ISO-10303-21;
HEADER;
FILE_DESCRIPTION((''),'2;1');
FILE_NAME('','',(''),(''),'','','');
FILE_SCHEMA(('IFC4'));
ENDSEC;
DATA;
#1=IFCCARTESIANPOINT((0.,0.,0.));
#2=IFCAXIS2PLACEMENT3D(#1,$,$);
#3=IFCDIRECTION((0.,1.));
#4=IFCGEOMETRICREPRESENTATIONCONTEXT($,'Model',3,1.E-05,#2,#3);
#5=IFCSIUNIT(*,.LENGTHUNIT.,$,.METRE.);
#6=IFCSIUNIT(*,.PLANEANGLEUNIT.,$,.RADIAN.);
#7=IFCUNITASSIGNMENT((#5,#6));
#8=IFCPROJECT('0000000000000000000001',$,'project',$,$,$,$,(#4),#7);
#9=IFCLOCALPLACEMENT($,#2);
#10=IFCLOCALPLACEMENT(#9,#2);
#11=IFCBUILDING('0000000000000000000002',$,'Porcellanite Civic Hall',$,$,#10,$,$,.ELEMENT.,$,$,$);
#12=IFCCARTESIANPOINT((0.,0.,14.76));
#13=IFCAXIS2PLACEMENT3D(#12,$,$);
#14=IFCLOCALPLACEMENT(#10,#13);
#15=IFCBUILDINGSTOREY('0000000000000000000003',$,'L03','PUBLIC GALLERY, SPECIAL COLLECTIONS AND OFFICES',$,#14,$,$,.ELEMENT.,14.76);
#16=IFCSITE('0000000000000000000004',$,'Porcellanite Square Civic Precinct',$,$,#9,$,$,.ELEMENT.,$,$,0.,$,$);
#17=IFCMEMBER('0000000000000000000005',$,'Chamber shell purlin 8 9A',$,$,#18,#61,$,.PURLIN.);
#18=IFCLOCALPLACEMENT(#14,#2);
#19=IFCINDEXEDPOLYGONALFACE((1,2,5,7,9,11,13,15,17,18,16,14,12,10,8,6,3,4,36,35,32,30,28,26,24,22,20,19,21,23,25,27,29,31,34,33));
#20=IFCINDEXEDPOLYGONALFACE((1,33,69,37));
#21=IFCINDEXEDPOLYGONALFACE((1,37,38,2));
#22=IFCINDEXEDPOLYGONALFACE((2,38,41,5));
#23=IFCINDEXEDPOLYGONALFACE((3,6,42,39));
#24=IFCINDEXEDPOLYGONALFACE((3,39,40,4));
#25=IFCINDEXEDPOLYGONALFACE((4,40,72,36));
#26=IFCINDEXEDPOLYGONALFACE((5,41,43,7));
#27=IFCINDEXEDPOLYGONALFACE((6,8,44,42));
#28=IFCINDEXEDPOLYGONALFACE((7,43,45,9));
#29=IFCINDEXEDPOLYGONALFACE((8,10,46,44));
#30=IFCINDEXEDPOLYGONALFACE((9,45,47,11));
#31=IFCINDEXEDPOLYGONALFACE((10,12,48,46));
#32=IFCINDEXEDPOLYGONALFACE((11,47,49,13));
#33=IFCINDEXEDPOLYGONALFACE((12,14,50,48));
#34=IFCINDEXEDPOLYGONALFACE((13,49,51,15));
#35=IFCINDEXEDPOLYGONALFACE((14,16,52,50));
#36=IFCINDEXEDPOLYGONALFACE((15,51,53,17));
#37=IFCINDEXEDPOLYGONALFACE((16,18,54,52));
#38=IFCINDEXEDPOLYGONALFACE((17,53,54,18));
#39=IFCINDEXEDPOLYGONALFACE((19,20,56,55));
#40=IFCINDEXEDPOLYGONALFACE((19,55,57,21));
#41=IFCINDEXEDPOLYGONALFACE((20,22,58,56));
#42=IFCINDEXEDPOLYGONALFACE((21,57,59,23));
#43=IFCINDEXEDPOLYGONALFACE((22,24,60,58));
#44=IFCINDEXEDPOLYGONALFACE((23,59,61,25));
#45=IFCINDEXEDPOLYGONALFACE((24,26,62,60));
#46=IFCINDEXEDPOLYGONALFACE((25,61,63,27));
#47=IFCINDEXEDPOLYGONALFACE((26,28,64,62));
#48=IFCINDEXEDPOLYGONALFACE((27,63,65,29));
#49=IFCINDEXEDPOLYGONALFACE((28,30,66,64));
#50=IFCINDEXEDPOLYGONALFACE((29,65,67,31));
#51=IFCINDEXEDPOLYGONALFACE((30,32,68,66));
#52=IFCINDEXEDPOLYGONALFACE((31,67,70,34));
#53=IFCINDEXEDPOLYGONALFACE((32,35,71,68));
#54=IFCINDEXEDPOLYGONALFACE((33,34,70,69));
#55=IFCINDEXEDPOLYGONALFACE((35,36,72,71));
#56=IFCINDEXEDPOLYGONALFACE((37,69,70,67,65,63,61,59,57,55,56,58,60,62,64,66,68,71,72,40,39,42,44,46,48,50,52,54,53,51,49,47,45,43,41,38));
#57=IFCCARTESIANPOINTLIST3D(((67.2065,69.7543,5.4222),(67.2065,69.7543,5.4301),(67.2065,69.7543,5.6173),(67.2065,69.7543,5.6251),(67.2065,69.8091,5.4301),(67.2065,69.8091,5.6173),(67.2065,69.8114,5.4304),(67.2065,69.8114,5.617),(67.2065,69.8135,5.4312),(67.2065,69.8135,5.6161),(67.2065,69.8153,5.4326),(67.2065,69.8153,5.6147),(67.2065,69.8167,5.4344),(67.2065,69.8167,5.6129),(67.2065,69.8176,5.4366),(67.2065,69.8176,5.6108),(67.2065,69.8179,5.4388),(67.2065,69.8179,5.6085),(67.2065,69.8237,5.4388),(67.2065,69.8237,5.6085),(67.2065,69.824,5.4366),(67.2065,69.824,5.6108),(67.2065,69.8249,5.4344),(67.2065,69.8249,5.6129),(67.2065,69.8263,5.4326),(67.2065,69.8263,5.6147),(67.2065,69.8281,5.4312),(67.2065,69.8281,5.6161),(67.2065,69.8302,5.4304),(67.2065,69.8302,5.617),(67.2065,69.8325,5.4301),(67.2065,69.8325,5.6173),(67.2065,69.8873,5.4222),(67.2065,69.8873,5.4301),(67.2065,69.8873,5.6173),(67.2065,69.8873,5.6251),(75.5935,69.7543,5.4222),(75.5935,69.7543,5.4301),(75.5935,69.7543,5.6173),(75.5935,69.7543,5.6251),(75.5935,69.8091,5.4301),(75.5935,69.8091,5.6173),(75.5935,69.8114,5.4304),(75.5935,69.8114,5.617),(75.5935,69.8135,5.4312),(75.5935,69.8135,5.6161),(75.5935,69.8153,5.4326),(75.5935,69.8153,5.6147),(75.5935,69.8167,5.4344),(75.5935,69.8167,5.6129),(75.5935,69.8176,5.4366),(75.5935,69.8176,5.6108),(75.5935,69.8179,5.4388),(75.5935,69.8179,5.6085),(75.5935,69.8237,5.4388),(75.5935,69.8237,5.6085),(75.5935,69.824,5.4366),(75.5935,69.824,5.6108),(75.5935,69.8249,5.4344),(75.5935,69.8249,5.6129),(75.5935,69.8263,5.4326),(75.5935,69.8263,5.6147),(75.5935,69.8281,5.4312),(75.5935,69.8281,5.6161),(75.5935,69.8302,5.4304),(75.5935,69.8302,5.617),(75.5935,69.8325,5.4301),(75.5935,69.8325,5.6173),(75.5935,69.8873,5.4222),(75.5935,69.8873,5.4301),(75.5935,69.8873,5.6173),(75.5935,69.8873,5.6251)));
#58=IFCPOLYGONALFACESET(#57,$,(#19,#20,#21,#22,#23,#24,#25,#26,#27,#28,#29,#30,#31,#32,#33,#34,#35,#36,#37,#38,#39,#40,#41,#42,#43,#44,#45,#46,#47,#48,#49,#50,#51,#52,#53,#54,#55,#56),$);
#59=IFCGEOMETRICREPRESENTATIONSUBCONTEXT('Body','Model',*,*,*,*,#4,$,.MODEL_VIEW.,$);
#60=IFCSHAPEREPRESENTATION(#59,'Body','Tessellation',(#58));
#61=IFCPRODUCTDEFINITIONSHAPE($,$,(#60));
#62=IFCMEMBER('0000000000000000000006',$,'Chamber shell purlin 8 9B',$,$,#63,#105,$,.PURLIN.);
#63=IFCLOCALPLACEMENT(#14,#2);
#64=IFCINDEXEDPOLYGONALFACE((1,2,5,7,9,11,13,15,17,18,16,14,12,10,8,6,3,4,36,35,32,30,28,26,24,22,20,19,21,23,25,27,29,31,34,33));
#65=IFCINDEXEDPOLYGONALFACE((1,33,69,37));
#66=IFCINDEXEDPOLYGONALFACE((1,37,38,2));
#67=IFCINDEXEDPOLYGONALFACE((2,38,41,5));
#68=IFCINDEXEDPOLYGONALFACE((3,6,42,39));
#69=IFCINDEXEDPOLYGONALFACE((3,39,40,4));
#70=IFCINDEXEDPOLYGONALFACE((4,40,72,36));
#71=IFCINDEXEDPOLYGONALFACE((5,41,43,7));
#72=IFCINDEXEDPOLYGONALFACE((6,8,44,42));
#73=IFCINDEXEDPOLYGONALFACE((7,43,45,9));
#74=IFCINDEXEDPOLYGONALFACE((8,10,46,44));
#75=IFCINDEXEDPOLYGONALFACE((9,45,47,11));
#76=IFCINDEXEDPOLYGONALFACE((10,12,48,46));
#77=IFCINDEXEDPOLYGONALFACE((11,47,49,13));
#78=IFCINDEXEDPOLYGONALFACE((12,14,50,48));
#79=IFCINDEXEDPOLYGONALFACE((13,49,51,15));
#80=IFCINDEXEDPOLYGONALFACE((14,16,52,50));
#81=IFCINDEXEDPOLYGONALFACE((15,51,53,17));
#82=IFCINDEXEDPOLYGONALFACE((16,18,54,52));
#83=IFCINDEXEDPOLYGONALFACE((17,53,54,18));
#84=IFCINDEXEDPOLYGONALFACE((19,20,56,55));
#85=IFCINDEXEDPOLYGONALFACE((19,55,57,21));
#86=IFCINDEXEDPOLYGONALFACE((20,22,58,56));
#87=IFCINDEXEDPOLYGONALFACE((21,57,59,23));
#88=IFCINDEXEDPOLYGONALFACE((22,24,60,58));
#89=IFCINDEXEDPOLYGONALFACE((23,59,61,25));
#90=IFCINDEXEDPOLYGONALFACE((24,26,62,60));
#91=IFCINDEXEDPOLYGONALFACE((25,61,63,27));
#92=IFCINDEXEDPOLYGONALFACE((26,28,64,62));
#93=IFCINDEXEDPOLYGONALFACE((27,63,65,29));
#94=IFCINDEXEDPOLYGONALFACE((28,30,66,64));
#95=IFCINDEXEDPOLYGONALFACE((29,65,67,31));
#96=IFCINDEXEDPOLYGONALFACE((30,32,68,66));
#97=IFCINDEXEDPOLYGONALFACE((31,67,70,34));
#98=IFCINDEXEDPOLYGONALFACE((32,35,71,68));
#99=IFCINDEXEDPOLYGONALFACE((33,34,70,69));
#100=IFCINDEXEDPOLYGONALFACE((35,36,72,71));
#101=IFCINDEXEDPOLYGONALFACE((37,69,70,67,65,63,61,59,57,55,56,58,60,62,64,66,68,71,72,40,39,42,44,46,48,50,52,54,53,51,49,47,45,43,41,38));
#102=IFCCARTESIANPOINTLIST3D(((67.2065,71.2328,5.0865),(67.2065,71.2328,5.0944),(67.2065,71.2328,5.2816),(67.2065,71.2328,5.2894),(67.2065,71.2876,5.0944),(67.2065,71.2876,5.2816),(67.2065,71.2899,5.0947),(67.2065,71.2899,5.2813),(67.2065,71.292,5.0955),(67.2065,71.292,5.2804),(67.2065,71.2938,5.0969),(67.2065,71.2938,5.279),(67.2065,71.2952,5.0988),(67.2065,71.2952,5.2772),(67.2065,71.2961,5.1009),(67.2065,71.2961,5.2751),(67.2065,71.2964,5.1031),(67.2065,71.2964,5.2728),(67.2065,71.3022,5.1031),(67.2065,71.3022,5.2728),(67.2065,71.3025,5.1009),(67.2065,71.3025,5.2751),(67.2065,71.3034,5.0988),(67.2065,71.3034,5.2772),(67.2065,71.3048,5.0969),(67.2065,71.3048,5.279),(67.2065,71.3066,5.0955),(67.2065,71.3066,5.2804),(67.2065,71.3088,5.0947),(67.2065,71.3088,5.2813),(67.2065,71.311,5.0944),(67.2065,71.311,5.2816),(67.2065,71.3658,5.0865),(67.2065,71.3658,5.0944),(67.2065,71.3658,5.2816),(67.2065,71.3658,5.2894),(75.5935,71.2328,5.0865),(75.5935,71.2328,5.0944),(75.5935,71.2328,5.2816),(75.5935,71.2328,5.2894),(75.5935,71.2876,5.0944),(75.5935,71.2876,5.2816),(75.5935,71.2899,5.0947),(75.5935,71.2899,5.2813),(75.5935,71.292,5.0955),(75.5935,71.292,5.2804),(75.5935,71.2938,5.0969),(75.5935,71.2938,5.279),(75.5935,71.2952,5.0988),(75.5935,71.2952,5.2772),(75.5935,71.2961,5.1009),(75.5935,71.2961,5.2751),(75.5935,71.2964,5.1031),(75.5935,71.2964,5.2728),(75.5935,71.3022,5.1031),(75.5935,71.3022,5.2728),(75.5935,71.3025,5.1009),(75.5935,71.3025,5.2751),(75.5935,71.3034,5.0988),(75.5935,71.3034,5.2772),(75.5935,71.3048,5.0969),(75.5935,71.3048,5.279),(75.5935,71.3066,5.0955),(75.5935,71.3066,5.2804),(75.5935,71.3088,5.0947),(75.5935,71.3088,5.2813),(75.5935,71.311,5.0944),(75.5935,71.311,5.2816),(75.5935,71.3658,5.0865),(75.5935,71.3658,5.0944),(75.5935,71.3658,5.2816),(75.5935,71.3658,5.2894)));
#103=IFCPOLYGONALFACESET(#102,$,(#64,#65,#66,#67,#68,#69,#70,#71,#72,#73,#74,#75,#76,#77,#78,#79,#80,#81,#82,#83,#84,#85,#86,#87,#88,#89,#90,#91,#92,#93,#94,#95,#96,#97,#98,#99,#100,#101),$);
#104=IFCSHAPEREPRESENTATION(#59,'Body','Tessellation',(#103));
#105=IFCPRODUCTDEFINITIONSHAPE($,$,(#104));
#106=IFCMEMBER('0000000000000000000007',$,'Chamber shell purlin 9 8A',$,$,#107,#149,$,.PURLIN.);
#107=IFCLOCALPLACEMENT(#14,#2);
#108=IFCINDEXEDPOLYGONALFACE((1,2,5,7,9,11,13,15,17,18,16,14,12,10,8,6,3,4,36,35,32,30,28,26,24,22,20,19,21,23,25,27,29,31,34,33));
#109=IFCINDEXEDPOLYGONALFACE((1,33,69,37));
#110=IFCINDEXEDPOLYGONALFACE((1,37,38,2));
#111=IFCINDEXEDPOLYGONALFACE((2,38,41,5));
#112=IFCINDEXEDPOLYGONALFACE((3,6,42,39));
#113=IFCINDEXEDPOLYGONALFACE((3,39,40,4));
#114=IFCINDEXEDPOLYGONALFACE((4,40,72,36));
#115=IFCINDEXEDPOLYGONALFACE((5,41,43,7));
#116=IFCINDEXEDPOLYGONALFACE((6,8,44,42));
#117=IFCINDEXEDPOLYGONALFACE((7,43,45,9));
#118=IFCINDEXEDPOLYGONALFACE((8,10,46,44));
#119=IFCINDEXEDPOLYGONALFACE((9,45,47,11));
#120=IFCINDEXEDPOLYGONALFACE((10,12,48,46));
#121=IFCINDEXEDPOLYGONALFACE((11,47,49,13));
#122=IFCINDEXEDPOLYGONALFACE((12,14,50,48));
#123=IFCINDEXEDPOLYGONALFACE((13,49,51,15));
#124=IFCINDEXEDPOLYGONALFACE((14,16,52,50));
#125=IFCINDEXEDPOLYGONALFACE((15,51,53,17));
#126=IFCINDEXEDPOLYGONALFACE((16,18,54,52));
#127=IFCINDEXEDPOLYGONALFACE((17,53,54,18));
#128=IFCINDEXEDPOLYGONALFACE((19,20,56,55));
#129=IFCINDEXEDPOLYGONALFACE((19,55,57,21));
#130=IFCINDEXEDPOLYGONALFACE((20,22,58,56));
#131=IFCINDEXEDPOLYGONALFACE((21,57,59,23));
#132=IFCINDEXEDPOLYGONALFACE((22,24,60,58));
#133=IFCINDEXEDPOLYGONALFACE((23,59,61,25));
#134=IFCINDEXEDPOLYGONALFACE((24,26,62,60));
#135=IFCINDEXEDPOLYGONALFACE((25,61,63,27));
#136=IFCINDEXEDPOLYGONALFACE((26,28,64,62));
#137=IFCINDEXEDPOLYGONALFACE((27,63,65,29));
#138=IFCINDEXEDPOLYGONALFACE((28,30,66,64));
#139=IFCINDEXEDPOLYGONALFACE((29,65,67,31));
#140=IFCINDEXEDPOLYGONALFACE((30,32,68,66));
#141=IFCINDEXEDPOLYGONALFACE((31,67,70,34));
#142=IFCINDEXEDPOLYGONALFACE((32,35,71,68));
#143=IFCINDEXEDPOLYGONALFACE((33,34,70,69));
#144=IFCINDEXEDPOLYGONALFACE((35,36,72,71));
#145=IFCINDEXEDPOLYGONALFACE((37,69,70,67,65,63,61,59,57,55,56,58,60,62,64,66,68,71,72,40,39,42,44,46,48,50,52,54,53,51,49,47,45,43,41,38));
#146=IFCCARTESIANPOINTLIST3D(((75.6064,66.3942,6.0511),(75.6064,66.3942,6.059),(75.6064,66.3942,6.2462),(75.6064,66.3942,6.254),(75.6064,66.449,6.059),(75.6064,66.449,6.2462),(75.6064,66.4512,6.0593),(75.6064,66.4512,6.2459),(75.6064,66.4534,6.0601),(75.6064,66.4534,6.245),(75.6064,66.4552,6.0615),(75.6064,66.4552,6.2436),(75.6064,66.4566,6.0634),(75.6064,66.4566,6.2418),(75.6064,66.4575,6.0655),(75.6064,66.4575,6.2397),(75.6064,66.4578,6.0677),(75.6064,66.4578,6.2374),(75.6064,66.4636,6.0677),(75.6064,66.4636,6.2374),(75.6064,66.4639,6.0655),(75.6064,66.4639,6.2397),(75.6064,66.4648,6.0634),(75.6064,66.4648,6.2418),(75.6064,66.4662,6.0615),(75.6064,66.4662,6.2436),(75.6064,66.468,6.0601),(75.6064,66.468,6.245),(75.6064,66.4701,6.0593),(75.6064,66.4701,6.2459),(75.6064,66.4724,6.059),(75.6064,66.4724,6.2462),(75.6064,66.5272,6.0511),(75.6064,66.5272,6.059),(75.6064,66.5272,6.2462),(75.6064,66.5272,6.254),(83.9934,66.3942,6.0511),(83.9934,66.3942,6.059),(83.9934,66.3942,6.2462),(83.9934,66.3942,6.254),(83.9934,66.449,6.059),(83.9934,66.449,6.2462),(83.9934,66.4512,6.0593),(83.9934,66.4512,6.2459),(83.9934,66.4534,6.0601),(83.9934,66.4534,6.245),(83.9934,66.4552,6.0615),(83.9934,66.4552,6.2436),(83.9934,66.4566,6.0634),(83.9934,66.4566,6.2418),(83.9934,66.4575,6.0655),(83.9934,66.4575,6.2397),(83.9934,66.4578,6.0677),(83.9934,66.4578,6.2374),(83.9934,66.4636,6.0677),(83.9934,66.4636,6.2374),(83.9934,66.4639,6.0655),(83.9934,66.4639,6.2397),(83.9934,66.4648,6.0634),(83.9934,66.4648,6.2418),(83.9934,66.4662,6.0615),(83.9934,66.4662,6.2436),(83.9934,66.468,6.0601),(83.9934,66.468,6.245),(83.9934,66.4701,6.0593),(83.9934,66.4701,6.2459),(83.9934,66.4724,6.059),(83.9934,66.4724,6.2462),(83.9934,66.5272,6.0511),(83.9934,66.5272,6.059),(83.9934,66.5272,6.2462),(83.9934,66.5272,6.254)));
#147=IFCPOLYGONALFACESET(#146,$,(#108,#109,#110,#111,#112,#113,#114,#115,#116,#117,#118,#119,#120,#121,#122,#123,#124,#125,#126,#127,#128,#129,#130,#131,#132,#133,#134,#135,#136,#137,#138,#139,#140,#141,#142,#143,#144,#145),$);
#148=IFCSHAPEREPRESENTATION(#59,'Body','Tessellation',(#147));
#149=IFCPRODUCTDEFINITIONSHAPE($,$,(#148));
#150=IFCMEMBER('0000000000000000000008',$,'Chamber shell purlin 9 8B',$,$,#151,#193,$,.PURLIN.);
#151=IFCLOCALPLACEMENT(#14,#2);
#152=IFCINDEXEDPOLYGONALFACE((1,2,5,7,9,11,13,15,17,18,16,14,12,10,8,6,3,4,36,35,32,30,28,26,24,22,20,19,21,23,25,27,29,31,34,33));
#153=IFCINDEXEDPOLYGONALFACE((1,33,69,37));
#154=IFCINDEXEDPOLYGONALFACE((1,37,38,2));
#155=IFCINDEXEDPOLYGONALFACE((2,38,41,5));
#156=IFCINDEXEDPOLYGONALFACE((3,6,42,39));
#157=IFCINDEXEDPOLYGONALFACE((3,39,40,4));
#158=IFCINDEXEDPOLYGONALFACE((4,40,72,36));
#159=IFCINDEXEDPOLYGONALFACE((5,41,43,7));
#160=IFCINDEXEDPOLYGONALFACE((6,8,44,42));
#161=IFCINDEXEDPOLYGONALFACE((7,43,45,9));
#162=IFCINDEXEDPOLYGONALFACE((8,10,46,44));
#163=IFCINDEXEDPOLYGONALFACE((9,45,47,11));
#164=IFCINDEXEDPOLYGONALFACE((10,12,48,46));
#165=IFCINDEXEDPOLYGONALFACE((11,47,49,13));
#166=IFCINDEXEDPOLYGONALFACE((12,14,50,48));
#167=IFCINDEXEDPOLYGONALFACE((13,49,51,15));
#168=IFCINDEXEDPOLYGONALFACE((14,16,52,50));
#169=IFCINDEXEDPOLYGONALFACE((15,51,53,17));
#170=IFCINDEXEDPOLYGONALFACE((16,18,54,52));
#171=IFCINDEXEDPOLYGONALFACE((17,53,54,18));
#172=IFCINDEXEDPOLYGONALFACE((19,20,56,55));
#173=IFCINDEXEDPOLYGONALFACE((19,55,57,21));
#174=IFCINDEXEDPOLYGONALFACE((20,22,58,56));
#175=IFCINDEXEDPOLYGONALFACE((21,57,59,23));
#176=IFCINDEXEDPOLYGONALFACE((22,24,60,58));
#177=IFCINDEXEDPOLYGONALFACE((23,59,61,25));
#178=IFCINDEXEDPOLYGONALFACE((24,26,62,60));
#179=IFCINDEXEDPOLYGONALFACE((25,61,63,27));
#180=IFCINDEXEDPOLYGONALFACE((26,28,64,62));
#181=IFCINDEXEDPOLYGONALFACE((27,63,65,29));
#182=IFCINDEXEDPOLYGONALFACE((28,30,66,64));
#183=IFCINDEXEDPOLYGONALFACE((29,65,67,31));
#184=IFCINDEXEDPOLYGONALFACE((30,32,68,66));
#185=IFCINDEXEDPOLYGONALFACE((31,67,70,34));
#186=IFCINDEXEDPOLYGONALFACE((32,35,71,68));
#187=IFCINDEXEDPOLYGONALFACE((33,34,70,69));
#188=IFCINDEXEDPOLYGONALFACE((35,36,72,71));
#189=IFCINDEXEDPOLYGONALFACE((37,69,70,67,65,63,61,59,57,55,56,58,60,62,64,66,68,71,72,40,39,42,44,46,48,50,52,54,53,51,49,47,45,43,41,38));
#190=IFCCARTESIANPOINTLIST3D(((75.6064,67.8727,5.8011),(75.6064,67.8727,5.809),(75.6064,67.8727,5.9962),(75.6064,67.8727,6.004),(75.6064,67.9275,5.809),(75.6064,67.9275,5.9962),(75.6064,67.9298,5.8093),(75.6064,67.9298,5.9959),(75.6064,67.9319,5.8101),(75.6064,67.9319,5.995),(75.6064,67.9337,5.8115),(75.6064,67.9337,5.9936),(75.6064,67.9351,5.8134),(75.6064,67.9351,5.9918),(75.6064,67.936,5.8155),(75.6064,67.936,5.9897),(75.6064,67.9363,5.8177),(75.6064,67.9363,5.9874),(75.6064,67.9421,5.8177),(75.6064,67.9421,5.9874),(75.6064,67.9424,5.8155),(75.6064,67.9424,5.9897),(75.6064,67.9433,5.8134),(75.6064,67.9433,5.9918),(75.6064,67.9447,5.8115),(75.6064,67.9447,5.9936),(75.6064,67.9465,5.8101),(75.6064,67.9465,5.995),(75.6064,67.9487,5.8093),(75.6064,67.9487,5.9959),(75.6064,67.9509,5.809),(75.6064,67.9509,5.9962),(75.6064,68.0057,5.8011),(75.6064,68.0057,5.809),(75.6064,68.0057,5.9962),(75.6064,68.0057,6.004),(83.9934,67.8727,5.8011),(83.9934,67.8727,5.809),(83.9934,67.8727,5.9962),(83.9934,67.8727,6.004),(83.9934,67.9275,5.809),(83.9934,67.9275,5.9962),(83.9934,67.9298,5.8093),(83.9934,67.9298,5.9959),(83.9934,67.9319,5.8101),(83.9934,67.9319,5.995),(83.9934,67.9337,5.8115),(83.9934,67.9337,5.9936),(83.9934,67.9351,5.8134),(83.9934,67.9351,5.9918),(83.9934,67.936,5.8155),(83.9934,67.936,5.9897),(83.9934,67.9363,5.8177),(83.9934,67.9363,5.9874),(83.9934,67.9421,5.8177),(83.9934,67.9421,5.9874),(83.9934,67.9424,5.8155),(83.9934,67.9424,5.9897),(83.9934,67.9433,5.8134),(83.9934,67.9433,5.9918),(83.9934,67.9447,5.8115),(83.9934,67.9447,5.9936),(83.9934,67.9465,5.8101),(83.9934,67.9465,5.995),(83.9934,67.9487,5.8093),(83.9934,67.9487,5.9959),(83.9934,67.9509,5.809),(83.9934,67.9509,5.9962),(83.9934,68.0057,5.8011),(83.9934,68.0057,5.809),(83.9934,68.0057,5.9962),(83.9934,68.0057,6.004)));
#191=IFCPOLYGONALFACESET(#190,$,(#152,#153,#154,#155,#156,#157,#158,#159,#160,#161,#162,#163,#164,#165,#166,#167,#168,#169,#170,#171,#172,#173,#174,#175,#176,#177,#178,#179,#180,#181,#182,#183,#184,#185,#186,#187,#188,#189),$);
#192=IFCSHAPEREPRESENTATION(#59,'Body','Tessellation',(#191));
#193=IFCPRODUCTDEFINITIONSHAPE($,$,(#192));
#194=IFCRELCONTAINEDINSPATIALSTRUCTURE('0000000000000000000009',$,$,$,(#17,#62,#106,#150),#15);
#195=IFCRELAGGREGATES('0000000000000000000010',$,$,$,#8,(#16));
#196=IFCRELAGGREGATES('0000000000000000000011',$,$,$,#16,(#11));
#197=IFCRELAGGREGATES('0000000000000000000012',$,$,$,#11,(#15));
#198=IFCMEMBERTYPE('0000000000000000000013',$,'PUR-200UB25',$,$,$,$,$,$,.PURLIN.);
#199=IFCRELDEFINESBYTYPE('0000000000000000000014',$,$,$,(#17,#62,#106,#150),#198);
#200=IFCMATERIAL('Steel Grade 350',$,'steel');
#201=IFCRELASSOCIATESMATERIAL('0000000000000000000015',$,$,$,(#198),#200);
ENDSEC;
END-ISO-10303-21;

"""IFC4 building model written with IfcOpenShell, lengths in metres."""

from ifc_helpers import new_model, si_unit, direction, frame, origin, origin_2d, place, context, subcontext, project, spatial, i_section, extrude, material, material_profile, profile_set, type_object, element, save


model = new_model("IFC4")

# Units and contexts
model_context = context("Model", 3, precision=1e-05, world=origin(), true_north=direction((0.0, 1.0)))
body_context = subcontext(model_context, "Body", "Model", "MODEL_VIEW")
ifc_project = project(units=[si_unit("LENGTHUNIT", "METRE"), si_unit("PLANEANGLEUNIT", "RADIAN")], contexts=[model_context])

# Site, building, storey
site_placement = place(None, origin())
site = spatial("IfcSite", under=ifc_project, at=site_placement, Name="Porcellanite Square Civic Precinct", CompositionType="ELEMENT", RefElevation=0.0)
building_placement = place(site_placement, origin())
building = spatial("IfcBuilding", under=site, at=building_placement, Name="Porcellanite Civic Hall", CompositionType="ELEMENT")
storey_placement = place(building_placement, frame((0.0, 0.0, 14.76)))
storey = spatial("IfcBuildingStorey", under=building, at=storey_placement, Name="L03", Description="PUBLIC GALLERY, SPECIAL COLLECTIONS AND OFFICES", CompositionType="ELEMENT", Elevation=14.76)

# Members
ifc_material_1 = material(Name="Steel Grade 350", Category="steel")
ifc_material_profile_1 = material_profile(ifc_material_1, i_section(OverallWidth=0.1331, OverallDepth=0.2029, WebThickness=0.0059, FlangeThickness=0.0078, FilletRadius=0.0088, at=origin_2d()), Name="200UB25.4")
ifc_profile_set_1 = profile_set([ifc_material_profile_1], Name="Steel Grade 350")
member_type_1 = type_object("IfcMemberType", Name="PUR-200UB25", PredefinedType="PURLIN", material=ifc_profile_set_1)
for number, where, z_axis, x_axis, name in (
    (1, (67.2065, 69.8208, 5.5237), (1.0, 0.0, 0.0), (0.0, 1.0, 0.0), "Chamber shell purlin 8 9A"),
    (2, (67.2065, 71.2993, 5.188), (1.0, 0.0, 0.0), (0.0, 1.0, 0.0), "Chamber shell purlin 8 9B"),
    (3, (75.6064, 66.4607, 6.1526), (1.0, 0.0, 0.0), (0.0, 1.0, 0.0), "Chamber shell purlin 9 8A"),
    (4, (75.6064, 67.9392, 5.9026), (1.0, 0.0, 0.0), (0.0, 1.0, 0.0), "Chamber shell purlin 9 8B"),
):
    element("IfcMember", number, at=place(storey_placement, frame(where, z_axis=z_axis, x_axis=x_axis)), inside=storey, type_object=member_type_1, Name=name, PredefinedType="PURLIN", context=body_context, shape_type="SweptSolid", body=[
        extrude(i_section(OverallWidth=0.1331, OverallDepth=0.2029, WebThickness=0.0059, FlangeThickness=0.0078, FilletRadius=0.0088, at=origin_2d()), origin(), (0.0, 0.0, 1.0), 8.387),
    ])

save(model, "model.ifc")
